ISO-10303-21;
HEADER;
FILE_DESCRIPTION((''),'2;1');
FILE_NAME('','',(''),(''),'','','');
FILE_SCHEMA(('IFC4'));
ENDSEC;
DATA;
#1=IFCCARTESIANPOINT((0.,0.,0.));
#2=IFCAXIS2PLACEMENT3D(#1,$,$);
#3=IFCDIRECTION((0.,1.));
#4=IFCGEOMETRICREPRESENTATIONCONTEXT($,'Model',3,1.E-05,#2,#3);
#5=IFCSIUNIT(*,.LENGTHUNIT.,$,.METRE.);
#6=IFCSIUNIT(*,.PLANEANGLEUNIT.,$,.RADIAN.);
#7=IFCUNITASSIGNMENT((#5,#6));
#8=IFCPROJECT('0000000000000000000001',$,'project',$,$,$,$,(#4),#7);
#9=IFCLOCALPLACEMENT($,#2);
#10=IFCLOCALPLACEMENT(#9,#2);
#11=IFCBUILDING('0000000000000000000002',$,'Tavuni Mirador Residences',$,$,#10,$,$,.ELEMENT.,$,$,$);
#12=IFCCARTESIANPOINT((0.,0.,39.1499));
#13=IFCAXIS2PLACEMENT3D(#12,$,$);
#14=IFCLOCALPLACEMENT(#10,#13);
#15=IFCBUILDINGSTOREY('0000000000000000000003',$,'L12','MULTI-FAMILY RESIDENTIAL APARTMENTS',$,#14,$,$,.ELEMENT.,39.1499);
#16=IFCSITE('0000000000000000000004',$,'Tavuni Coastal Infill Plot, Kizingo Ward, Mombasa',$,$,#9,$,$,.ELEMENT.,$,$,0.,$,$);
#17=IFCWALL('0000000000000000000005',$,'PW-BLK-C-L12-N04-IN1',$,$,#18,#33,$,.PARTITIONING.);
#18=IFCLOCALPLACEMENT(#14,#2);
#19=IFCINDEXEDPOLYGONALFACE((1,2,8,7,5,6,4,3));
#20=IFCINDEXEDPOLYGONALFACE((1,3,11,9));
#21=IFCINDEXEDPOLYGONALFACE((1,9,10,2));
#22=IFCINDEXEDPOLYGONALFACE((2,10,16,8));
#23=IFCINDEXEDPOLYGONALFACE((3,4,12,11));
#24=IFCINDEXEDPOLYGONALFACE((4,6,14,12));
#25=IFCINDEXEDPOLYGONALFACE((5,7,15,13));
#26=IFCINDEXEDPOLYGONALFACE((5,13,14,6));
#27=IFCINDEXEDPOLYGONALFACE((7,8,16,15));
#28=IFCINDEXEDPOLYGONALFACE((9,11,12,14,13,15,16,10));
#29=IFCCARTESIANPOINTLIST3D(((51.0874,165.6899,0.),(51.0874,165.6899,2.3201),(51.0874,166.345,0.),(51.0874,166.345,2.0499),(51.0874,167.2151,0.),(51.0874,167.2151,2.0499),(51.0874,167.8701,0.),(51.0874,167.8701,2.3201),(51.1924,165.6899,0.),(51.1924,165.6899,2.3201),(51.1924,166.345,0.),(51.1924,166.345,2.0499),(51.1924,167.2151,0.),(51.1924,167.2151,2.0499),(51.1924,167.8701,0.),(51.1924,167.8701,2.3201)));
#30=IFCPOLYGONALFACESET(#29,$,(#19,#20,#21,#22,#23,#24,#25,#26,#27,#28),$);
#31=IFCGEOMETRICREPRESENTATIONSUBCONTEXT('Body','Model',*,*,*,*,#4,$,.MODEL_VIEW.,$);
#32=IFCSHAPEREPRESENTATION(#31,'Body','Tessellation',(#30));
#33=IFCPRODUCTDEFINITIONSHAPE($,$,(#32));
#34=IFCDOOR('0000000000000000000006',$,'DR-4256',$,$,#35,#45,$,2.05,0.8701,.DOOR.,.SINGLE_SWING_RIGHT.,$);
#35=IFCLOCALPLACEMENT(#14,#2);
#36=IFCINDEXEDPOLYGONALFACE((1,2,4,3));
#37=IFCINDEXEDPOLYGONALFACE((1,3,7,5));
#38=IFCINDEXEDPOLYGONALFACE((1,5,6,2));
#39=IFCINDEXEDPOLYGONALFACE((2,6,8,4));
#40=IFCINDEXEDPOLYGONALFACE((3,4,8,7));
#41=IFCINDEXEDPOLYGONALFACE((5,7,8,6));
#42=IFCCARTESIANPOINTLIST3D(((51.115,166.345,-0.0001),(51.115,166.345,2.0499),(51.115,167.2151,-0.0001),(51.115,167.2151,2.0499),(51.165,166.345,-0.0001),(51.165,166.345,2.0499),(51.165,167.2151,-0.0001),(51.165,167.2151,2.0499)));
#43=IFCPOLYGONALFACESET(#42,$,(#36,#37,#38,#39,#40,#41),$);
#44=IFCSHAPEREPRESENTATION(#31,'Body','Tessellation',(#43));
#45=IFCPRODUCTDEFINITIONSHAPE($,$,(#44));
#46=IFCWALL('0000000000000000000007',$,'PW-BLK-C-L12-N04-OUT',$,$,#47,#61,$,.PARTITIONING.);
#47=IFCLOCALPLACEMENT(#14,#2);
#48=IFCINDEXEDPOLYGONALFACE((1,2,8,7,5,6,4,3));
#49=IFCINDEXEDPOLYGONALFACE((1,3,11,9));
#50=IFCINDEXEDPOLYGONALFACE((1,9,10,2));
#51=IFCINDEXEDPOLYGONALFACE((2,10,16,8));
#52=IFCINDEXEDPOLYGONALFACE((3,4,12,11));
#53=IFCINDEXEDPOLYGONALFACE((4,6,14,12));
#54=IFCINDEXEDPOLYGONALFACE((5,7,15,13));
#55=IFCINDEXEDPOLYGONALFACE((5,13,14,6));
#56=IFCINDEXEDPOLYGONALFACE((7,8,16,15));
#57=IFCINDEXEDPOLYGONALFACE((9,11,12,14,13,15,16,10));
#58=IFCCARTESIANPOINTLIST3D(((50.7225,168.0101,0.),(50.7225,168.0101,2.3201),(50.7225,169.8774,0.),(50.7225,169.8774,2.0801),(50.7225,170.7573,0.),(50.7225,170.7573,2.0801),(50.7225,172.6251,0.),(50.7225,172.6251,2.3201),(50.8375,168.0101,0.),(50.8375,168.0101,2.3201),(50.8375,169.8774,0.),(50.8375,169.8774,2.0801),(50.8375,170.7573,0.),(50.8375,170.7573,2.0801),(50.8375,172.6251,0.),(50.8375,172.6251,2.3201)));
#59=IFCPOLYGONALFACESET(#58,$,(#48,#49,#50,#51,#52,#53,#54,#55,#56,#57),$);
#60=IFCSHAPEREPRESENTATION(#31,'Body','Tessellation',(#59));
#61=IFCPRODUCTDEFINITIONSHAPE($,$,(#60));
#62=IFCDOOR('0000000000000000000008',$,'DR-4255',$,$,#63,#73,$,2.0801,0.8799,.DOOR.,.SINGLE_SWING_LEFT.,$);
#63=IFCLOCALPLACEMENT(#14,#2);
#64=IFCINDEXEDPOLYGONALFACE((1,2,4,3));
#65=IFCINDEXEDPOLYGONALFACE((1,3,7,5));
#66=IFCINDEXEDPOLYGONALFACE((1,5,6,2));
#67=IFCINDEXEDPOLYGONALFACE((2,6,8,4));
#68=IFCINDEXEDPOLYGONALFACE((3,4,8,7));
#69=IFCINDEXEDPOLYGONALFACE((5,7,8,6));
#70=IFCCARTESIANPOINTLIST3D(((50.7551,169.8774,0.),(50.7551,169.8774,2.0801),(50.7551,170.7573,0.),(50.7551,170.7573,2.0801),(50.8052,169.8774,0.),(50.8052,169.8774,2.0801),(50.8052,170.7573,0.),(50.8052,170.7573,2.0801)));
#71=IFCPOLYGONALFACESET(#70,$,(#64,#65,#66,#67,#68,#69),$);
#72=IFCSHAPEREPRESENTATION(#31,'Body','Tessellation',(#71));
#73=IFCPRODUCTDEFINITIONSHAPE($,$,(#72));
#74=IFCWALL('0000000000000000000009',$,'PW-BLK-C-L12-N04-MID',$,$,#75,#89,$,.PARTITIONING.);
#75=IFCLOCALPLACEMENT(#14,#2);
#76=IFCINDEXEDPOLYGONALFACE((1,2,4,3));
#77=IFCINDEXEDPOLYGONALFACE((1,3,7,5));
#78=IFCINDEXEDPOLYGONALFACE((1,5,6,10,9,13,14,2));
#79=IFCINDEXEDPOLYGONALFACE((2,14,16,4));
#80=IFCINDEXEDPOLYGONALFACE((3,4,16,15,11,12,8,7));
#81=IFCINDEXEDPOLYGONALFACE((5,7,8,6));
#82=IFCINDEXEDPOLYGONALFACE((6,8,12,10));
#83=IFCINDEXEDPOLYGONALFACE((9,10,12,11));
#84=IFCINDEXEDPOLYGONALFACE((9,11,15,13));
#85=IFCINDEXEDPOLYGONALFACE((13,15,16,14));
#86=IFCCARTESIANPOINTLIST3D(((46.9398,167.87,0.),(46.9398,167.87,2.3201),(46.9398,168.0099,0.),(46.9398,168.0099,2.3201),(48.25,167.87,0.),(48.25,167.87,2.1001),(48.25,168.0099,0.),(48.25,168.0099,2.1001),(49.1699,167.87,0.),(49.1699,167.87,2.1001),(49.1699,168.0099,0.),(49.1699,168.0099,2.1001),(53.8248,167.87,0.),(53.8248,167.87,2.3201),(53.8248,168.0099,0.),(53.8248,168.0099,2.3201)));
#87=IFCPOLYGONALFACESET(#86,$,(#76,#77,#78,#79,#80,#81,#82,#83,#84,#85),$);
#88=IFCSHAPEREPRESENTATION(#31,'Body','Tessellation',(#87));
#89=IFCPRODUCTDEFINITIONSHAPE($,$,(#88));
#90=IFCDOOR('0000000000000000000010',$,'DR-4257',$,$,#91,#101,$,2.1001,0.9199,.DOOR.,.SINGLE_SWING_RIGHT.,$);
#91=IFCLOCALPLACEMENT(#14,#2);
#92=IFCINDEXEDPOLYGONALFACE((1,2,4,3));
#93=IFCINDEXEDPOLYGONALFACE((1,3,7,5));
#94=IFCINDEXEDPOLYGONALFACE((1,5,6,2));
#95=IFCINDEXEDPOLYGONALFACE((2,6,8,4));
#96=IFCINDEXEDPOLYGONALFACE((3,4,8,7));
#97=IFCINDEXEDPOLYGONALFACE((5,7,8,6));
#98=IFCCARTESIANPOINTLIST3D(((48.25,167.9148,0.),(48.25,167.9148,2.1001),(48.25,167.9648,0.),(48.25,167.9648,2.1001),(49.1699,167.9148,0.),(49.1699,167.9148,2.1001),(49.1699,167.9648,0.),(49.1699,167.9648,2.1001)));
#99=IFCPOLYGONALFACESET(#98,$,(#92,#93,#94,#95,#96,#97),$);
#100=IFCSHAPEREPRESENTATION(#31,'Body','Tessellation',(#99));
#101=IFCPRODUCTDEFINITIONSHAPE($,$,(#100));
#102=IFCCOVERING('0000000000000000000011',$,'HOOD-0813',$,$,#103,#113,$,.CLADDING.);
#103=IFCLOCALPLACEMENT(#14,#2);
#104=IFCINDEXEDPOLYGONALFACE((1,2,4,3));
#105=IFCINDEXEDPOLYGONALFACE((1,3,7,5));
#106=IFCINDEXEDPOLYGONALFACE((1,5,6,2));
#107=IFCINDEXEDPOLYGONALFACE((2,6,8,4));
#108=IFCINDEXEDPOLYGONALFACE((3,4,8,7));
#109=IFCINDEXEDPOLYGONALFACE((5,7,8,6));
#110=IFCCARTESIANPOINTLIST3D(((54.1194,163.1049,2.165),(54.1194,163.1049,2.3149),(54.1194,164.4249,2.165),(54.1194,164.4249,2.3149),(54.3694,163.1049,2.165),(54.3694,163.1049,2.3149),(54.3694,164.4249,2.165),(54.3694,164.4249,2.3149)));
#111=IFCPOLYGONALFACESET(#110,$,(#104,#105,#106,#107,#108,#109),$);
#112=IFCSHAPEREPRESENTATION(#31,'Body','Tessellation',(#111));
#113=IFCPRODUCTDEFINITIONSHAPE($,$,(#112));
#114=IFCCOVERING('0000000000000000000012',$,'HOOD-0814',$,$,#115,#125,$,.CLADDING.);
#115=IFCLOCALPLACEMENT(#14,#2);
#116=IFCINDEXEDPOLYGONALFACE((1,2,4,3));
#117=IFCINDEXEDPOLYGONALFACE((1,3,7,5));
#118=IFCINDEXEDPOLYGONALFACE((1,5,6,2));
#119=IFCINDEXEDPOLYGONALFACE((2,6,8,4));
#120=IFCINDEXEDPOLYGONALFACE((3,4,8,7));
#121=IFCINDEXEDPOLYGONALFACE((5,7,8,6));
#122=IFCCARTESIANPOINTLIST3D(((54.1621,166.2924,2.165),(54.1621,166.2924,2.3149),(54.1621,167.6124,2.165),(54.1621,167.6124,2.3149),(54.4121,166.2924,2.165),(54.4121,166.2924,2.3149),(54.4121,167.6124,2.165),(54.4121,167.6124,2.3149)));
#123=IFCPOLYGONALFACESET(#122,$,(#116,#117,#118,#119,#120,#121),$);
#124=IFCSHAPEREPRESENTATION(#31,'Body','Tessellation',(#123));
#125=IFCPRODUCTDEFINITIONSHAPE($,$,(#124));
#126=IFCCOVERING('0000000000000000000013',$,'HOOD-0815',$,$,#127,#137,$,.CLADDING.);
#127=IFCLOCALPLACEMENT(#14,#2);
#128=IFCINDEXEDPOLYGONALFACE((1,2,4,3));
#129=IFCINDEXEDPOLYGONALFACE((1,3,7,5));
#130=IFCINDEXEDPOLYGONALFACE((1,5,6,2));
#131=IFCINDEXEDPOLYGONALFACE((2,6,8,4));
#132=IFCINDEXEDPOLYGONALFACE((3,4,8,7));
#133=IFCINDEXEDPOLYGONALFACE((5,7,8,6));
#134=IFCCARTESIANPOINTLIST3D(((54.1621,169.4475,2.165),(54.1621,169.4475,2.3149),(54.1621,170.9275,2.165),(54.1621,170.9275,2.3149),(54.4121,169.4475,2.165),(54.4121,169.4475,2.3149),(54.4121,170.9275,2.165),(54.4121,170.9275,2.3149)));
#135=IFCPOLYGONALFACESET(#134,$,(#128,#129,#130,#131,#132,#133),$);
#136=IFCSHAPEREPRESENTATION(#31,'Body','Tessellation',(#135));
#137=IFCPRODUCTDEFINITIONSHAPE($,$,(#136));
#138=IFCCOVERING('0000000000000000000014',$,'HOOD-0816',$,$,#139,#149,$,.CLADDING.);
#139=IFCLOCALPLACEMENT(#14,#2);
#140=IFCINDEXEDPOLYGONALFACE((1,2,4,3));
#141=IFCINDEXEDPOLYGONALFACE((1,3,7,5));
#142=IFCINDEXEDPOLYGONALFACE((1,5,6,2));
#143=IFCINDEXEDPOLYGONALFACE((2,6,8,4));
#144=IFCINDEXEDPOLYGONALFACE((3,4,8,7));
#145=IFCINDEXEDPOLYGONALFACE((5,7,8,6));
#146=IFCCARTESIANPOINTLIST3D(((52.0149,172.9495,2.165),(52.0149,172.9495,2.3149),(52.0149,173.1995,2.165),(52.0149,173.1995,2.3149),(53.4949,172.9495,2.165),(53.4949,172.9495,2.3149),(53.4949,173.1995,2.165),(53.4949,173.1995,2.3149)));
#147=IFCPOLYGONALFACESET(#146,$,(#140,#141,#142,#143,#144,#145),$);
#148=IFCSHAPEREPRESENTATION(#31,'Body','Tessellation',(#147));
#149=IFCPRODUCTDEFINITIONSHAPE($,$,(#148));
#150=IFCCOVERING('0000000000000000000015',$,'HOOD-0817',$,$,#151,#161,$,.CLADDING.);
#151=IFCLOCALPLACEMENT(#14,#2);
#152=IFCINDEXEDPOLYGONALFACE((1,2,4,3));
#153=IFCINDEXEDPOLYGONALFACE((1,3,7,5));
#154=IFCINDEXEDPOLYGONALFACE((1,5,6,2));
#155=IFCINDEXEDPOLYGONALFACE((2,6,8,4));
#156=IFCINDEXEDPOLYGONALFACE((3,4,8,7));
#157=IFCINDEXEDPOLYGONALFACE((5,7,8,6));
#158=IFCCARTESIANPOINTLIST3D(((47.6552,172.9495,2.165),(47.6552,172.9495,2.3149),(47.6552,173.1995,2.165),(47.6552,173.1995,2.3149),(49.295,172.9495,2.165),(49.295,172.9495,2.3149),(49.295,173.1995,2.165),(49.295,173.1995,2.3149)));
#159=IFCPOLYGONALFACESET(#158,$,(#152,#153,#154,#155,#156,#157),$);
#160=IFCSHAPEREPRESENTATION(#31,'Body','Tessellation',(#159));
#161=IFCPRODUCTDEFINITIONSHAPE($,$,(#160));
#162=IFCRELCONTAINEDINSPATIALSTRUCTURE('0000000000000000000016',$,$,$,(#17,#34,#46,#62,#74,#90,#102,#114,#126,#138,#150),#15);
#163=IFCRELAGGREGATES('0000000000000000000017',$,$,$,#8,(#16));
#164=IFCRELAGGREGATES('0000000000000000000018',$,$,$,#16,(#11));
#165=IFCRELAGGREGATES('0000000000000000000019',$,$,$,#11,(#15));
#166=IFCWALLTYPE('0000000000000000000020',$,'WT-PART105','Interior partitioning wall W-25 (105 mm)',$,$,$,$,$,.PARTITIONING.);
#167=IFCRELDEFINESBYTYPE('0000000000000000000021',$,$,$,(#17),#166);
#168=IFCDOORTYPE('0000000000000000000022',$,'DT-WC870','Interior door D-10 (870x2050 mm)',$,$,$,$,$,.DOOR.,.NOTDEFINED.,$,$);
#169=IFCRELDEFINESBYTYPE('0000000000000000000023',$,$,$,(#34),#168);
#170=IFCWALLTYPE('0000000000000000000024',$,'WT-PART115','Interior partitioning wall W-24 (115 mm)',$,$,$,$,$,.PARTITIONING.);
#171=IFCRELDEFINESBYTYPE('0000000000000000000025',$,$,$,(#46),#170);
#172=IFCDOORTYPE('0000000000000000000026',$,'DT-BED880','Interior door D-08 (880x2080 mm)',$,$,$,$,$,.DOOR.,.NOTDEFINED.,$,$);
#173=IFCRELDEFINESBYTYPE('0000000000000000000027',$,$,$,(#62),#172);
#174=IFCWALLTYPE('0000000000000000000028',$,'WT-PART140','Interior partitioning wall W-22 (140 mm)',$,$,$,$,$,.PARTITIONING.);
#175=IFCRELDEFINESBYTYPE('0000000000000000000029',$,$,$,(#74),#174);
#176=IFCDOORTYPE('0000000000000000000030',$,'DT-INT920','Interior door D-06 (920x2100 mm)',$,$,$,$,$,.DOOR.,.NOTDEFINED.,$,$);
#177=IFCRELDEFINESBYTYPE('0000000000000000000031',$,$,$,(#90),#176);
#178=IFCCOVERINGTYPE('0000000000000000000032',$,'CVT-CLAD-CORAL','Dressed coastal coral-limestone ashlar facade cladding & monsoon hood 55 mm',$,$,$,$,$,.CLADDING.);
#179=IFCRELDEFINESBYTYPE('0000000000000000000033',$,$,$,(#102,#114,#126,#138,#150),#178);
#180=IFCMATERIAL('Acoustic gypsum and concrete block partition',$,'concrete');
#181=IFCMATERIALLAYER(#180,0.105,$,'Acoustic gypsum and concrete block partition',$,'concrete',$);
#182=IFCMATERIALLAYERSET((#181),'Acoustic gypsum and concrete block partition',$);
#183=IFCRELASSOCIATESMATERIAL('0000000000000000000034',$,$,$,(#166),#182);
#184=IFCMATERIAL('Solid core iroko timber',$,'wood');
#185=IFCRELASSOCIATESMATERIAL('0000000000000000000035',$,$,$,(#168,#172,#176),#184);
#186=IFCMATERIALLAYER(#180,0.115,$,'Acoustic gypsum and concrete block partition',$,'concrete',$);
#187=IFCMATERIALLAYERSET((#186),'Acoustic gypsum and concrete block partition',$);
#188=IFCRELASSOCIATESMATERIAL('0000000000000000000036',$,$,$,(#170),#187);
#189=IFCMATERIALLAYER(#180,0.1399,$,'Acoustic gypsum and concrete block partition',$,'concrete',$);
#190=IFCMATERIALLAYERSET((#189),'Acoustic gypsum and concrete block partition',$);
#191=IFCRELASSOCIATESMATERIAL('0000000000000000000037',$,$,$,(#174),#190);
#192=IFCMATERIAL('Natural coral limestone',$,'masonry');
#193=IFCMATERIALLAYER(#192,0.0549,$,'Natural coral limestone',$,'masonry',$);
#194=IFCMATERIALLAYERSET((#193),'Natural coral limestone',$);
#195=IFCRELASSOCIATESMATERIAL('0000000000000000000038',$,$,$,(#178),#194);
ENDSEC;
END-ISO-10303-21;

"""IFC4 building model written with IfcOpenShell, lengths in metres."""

from ifc_helpers import new_model, si_unit, direction, frame, frame_2d, origin, origin_2d, place, context, subcontext, project, spatial, rectangle, extrude, material, layer, layer_set, type_object, element, fill, save


model = new_model("IFC4")

# Units and contexts
model_context = context("Model", 3, precision=1e-05, world=origin(), true_north=direction((0.0, 1.0)))
body_context = subcontext(model_context, "Body", "Model", "MODEL_VIEW")
ifc_project = project(units=[si_unit("LENGTHUNIT", "METRE"), si_unit("PLANEANGLEUNIT", "RADIAN")], contexts=[model_context])

# Site, building, storey
site_placement = place(None, origin())
site = spatial("IfcSite", under=ifc_project, at=site_placement, Name="Tavuni Coastal Infill Plot, Kizingo Ward, Mombasa", CompositionType="ELEMENT", RefElevation=0.0)
building_placement = place(site_placement, origin())
building = spatial("IfcBuilding", under=site, at=building_placement, Name="Tavuni Mirador Residences", CompositionType="ELEMENT")
storey_placement = place(building_placement, frame((0.0, 0.0, 39.1499)))
storey = spatial("IfcBuildingStorey", under=building, at=storey_placement, Name="L12", Description="MULTI-FAMILY RESIDENTIAL APARTMENTS", CompositionType="ELEMENT", Elevation=39.1499)

# Shared definitions
ifc_material_1 = material(Name="Solid core iroko timber", Category="wood")

# Walls, openings, doors
ifc_material_2 = material(Name="Acoustic gypsum and concrete block partition", Category="concrete")
ifc_layer_1 = layer(ifc_material_2, 0.105, Name="Acoustic gypsum and concrete block partition", Category="concrete")
ifc_layer_set_1 = layer_set([ifc_layer_1], Name="Acoustic gypsum and concrete block partition")
wall_type_1 = type_object("IfcWallType", Name="WT-PART105", Description="Interior partitioning wall W-25 (105 mm)", PredefinedType="PARTITIONING", material=ifc_layer_set_1)
wall_1_placement = place(storey_placement, frame((51.1399, 165.6899, 0.0), z_axis=(0.0, 0.0, 1.0), x_axis=(0.0, 1.0, 0.0)))
wall_1 = element("IfcWall", 1, at=wall_1_placement, inside=storey, type_object=wall_type_1, Name="PW-BLK-C-L12-N04-IN1", PredefinedType="PARTITIONING", context=body_context, shape_type="SweptSolid", body=[
    extrude(rectangle(XDim=2.1802, YDim=0.105, at=frame_2d((1.0901, 0.0))), origin(), (0.0, 0.0, 1.0), 2.3201),
])
opening_1_placement = place(wall_1_placement, frame((0.655, 0.0, 0.0)))
opening_1 = element("IfcOpeningElement", 2, at=opening_1_placement, cuts=wall_1, PredefinedType="OPENING", context=body_context, shape_type="SweptSolid", body=[
    extrude(rectangle(XDim=0.8701, YDim=2.05, at=frame_2d((0.4351, 1.0249))), frame((0.0, 0.0625, 0.0), z_axis=(0.0, -1.0, 0.0), x_axis=(1.0, 0.0, 0.0)), (0.0, 0.0, 1.0), 0.125),
])
door_type_1 = type_object("IfcDoorType", Name="DT-WC870", Description="Interior door D-10 (870x2050 mm)", OperationType="NOTDEFINED", PredefinedType="DOOR", material=ifc_material_1)
door_1_placement = place(opening_1_placement, origin())
door_1 = element("IfcDoor", 3, at=door_1_placement, inside=storey, type_object=door_type_1, Name="DR-4256", OperationType="SINGLE_SWING_RIGHT", OverallHeight=2.05, OverallWidth=0.8701, PredefinedType="DOOR", context=body_context, shape_type="SweptSolid", body=[
    extrude(rectangle(XDim=0.8701, YDim=2.05, at=frame_2d((0.4351, 1.0249))), frame((0.0, 0.0249, 0.0), z_axis=(0.0, -1.0, 0.0), x_axis=(1.0, 0.0, 0.0)), (0.0, 0.0, 1.0), 0.05),
])
fill(opening_1, door_1)
ifc_layer_2 = layer(ifc_material_2, 0.115, Name="Acoustic gypsum and concrete block partition", Category="concrete")
ifc_layer_set_2 = layer_set([ifc_layer_2], Name="Acoustic gypsum and concrete block partition")
wall_type_2 = type_object("IfcWallType", Name="WT-PART115", Description="Interior partitioning wall W-24 (115 mm)", PredefinedType="PARTITIONING", material=ifc_layer_set_2)
wall_2_placement = place(storey_placement, frame((50.78, 168.01, 0.0), z_axis=(0.0, 0.0, 1.0), x_axis=(0.0, 1.0, 0.0)))
wall_2 = element("IfcWall", 4, at=wall_2_placement, inside=storey, type_object=wall_type_2, Name="PW-BLK-C-L12-N04-OUT", PredefinedType="PARTITIONING", context=body_context, shape_type="SweptSolid", body=[
    extrude(rectangle(XDim=4.615, YDim=0.115, at=frame_2d((2.3076, 0.0))), origin(), (0.0, 0.0, 1.0), 2.3201),
])
opening_2_placement = place(wall_2_placement, frame((1.8674, 0.0, 0.0)))
opening_2 = element("IfcOpeningElement", 5, at=opening_2_placement, cuts=wall_2, PredefinedType="OPENING", context=body_context, shape_type="SweptSolid", body=[
    extrude(rectangle(XDim=0.8799, YDim=2.0801, at=frame_2d((0.4399, 1.04))), frame((0.0, 0.0674, 0.0), z_axis=(0.0, -1.0, 0.0), x_axis=(1.0, 0.0, 0.0)), (0.0, 0.0, 1.0), 0.135),
])
door_type_2 = type_object("IfcDoorType", Name="DT-BED880", Description="Interior door D-08 (880x2080 mm)", OperationType="NOTDEFINED", PredefinedType="DOOR", material=ifc_material_1)
door_2_placement = place(opening_2_placement, origin())
door_2 = element("IfcDoor", 6, at=door_2_placement, inside=storey, type_object=door_type_2, Name="DR-4255", OperationType="SINGLE_SWING_LEFT", OverallHeight=2.0801, OverallWidth=0.8799, PredefinedType="DOOR", context=body_context, shape_type="SweptSolid", body=[
    extrude(rectangle(XDim=0.8799, YDim=2.0801, at=frame_2d((0.4399, 1.04))), frame((0.0, 0.0249, 0.0), z_axis=(0.0, -1.0, 0.0), x_axis=(1.0, 0.0, 0.0)), (0.0, 0.0, 1.0), 0.05),
])
fill(opening_2, door_2)
ifc_layer_3 = layer(ifc_material_2, 0.1399, Name="Acoustic gypsum and concrete block partition", Category="concrete")
ifc_layer_set_3 = layer_set([ifc_layer_3], Name="Acoustic gypsum and concrete block partition")
wall_type_3 = type_object("IfcWallType", Name="WT-PART140", Description="Interior partitioning wall W-22 (140 mm)", PredefinedType="PARTITIONING", material=ifc_layer_set_3)
wall_3_placement = place(storey_placement, frame((46.9399, 167.9399, 0.0), z_axis=(0.0, 0.0, 1.0), x_axis=(1.0, 0.0, 0.0)))
wall_3 = element("IfcWall", 7, at=wall_3_placement, inside=storey, type_object=wall_type_3, Name="PW-BLK-C-L12-N04-MID", PredefinedType="PARTITIONING", context=body_context, shape_type="SweptSolid", body=[
    extrude(rectangle(XDim=6.885, YDim=0.1399, at=frame_2d((3.4424, 0.0))), origin(), (0.0, 0.0, 1.0), 2.3201),
])
opening_3_placement = place(wall_3_placement, frame((1.3101, 0.0, 0.0)))
opening_3 = element("IfcOpeningElement", 8, at=opening_3_placement, cuts=wall_3, PredefinedType="OPENING", context=body_context, shape_type="SweptSolid", body=[
    extrude(rectangle(XDim=0.9199, YDim=2.1001, at=frame_2d((0.46, 1.05))), frame((0.0, 0.0801, 0.0), z_axis=(0.0, -1.0, 0.0), x_axis=(1.0, 0.0, 0.0)), (0.0, 0.0, 1.0), 0.1599),
])
door_type_3 = type_object("IfcDoorType", Name="DT-INT920", Description="Interior door D-06 (920x2100 mm)", OperationType="NOTDEFINED", PredefinedType="DOOR", material=ifc_material_1)
door_3_placement = place(opening_3_placement, origin())
door_3 = element("IfcDoor", 9, at=door_3_placement, inside=storey, type_object=door_type_3, Name="DR-4257", OperationType="SINGLE_SWING_RIGHT", OverallHeight=2.1001, OverallWidth=0.9199, PredefinedType="DOOR", context=body_context, shape_type="SweptSolid", body=[
    extrude(rectangle(XDim=0.9199, YDim=2.1001, at=frame_2d((0.46, 1.05))), frame((0.0, 0.0249, 0.0), z_axis=(0.0, -1.0, 0.0), x_axis=(1.0, 0.0, 0.0)), (0.0, 0.0, 1.0), 0.05),
])
fill(opening_3, door_3)

# Coverings
ifc_material_3 = material(Name="Natural coral limestone", Category="masonry")
ifc_layer_4 = layer(ifc_material_3, 0.0549, Name="Natural coral limestone", Category="masonry")
ifc_layer_set_4 = layer_set([ifc_layer_4], Name="Natural coral limestone")
covering_type = type_object("IfcCoveringType", Name="CVT-CLAD-CORAL", Description="Dressed coastal coral-limestone ashlar facade cladding & monsoon hood 55 mm", PredefinedType="CLADDING", material=ifc_layer_set_4)
for number, where, z_axis, x_axis, name in (
    (10, (54.2444, 163.7649, 2.165), (0.0, 0.0, 1.0), (0.0, 1.0, 0.0), "HOOD-0813"),
    (11, (54.2871, 166.9524, 2.165), (0.0, 0.0, 1.0), (0.0, 1.0, 0.0), "HOOD-0814"),
):
    element("IfcCovering", number, at=place(storey_placement, frame(where, z_axis=z_axis, x_axis=x_axis)), inside=storey, type_object=covering_type, Name=name, PredefinedType="CLADDING", context=body_context, shape_type="SweptSolid", body=[
        extrude(rectangle(XDim=1.3201, YDim=0.25, at=origin_2d()), origin(), (0.0, 0.0, 1.0), 0.1499),
    ])
for number, where, z_axis, x_axis, name in (
    (12, (54.2871, 170.1875, 2.165), (0.0, 0.0, 1.0), (0.0, 1.0, 0.0), "HOOD-0815"),
    (13, (52.7549, 173.0745, 2.165), (0.0, 0.0, 1.0), (-1.0, 0.0, 0.0), "HOOD-0816"),
):
    element("IfcCovering", number, at=place(storey_placement, frame(where, z_axis=z_axis, x_axis=x_axis)), inside=storey, type_object=covering_type, Name=name, PredefinedType="CLADDING", context=body_context, shape_type="SweptSolid", body=[
        extrude(rectangle(XDim=1.48, YDim=0.25, at=origin_2d()), origin(), (0.0, 0.0, 1.0), 0.1499),
    ])
covering_placement = place(storey_placement, frame((48.4751, 173.0745, 2.165), z_axis=(0.0, 0.0, 1.0), x_axis=(-1.0, 0.0, 0.0)))
element("IfcCovering", 14, at=covering_placement, inside=storey, type_object=covering_type, Name="HOOD-0817", PredefinedType="CLADDING", context=body_context, shape_type="SweptSolid", body=[
    extrude(rectangle(XDim=1.6399, YDim=0.25, at=origin_2d()), origin(), (0.0, 0.0, 1.0), 0.1499),
])

save(model, "model.ifc")
